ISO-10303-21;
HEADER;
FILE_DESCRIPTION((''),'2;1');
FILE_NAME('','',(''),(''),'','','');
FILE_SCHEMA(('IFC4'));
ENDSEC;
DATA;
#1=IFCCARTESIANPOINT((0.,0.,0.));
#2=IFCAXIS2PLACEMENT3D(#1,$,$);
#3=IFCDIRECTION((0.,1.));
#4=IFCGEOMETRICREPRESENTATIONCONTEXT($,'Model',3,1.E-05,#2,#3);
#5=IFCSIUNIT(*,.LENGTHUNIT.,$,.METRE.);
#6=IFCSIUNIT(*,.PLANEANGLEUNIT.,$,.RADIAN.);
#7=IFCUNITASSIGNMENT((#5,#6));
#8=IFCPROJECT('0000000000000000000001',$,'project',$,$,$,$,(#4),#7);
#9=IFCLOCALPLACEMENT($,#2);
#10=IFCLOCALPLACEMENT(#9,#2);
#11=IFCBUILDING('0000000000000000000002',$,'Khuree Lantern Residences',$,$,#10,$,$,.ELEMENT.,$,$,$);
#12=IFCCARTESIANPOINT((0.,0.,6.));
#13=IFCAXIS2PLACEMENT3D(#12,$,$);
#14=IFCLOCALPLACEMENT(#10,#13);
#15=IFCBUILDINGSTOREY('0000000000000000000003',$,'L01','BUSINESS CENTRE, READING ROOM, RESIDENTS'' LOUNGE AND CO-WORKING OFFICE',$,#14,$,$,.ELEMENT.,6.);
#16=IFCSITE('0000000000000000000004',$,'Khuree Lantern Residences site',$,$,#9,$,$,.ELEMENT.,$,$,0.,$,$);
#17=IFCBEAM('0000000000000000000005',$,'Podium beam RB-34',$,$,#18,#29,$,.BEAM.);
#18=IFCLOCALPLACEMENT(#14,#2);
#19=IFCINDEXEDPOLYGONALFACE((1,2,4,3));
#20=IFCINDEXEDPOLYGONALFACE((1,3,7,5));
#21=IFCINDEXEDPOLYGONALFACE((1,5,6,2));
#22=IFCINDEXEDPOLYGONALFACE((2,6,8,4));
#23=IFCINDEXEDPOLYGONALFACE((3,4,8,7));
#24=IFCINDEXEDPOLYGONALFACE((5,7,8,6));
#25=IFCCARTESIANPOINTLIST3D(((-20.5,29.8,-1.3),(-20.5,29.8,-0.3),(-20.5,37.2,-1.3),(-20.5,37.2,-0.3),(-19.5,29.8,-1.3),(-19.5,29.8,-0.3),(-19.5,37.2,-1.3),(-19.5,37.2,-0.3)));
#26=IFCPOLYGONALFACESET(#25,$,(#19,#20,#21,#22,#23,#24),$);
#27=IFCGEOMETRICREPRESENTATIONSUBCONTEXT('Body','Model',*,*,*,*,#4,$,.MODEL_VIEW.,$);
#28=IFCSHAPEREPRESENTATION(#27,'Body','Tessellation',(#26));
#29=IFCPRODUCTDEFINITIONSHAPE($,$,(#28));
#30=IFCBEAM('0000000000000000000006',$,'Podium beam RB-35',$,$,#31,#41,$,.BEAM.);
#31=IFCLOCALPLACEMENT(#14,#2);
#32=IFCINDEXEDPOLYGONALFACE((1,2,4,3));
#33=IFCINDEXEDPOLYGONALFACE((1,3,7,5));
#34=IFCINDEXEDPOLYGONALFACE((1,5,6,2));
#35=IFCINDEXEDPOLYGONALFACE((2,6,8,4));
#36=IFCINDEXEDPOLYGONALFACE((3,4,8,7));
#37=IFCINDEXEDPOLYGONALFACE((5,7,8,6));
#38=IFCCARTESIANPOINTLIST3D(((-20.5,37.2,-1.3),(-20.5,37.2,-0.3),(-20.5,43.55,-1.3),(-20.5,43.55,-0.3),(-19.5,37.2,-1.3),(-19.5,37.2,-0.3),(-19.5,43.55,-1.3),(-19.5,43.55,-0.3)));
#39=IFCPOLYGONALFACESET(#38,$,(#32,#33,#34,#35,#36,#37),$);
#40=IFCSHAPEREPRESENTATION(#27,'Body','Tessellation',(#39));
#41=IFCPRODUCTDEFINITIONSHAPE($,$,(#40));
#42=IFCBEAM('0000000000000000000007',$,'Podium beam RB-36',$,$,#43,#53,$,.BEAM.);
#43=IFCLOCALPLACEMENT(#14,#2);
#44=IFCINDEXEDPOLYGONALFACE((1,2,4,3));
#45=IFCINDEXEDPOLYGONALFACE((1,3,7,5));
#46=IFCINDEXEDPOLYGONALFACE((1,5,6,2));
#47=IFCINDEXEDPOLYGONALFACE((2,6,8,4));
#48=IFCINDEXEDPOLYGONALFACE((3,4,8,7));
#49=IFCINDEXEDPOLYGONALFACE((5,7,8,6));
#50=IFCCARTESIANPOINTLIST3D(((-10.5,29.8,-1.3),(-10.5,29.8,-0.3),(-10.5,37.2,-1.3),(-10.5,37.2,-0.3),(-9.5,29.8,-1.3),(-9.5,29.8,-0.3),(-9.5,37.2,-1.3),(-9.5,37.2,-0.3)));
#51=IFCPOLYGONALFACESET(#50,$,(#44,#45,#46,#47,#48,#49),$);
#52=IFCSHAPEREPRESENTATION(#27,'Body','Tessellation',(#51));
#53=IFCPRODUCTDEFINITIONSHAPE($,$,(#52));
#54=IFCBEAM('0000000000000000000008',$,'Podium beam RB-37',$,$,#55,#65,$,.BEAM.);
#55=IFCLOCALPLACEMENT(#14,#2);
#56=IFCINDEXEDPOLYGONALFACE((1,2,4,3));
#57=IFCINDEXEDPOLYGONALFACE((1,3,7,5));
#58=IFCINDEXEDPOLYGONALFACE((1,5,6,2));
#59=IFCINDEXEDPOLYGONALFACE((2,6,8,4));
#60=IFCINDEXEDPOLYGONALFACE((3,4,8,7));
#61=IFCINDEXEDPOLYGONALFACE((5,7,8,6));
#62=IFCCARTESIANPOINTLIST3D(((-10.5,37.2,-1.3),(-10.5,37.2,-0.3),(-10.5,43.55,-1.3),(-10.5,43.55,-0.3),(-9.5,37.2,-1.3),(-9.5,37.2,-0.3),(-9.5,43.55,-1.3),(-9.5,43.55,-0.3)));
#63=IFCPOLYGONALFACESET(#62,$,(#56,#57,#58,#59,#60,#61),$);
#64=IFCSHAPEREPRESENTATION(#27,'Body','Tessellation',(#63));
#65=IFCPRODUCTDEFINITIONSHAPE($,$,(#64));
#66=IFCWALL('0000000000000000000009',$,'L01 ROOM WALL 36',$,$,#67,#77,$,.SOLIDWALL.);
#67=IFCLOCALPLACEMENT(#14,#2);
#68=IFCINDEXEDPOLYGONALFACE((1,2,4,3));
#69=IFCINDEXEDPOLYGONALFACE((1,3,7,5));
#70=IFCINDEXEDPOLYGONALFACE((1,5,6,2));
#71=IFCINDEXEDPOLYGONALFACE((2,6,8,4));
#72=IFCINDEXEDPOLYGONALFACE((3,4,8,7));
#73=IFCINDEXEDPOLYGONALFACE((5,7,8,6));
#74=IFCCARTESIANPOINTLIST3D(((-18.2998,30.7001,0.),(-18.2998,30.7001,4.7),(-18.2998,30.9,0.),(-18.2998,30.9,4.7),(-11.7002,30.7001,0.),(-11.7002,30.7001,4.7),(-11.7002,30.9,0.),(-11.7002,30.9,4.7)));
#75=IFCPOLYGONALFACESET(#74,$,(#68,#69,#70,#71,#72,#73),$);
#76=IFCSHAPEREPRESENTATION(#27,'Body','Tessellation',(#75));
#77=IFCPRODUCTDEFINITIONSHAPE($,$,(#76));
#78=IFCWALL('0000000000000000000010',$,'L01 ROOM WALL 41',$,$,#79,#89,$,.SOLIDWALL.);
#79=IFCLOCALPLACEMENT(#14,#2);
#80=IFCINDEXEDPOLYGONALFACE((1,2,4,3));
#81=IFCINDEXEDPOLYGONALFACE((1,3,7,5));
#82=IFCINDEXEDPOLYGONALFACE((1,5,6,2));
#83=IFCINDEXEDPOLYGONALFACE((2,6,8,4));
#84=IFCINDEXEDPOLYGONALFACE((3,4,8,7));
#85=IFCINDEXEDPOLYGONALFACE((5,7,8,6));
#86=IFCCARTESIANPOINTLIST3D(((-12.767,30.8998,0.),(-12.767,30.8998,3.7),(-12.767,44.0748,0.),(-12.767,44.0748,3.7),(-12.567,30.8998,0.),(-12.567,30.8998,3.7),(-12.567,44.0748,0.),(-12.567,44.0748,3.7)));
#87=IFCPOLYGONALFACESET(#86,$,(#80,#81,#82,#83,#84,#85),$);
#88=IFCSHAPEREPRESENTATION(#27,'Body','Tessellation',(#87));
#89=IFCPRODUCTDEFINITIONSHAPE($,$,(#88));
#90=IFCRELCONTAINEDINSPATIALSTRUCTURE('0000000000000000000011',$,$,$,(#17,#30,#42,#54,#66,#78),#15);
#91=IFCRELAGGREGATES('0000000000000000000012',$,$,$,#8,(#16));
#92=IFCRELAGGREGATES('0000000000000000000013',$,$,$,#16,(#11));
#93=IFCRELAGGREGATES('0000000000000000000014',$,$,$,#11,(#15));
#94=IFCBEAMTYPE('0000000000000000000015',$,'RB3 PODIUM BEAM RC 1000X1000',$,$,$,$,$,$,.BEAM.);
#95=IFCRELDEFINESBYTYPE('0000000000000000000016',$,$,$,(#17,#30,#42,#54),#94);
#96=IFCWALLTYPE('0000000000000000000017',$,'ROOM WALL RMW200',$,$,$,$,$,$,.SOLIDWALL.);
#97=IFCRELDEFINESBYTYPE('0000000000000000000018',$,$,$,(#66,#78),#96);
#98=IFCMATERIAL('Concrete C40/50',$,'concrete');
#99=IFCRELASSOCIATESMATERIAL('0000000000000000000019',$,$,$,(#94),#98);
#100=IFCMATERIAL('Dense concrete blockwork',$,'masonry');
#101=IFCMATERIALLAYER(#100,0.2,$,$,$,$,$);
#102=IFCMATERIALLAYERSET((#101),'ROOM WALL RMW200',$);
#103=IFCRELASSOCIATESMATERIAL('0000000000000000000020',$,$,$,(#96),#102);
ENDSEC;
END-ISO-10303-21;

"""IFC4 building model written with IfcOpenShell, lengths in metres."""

from ifc_helpers import new_model, si_unit, direction, frame, frame_2d, origin, origin_2d, place, context, subcontext, project, spatial, rectangle, extrude, material, layer, layer_set, material_profile, profile_set, type_object, element, save


model = new_model("IFC4")

# Units and contexts
model_context = context("Model", 3, precision=1e-05, world=origin(), true_north=direction((0.0, 1.0)))
body_context = subcontext(model_context, "Body", "Model", "MODEL_VIEW")
ifc_project = project(units=[si_unit("LENGTHUNIT", "METRE"), si_unit("PLANEANGLEUNIT", "RADIAN")], contexts=[model_context])

# Site, building, storey
site_placement = place(None, origin())
site = spatial("IfcSite", under=ifc_project, at=site_placement, Name="Khuree Lantern Residences site", CompositionType="ELEMENT", RefElevation=0.0)
building_placement = place(site_placement, origin())
building = spatial("IfcBuilding", under=site, at=building_placement, Name="Khuree Lantern Residences", CompositionType="ELEMENT")
storey_placement = place(building_placement, frame((0.0, 0.0, 6.0)))
storey = spatial("IfcBuildingStorey", under=building, at=storey_placement, Name="L01", Description="BUSINESS CENTRE, READING ROOM, RESIDENTS' LOUNGE AND CO-WORKING OFFICE", CompositionType="ELEMENT", Elevation=6.0)

# Beams
ifc_material_1 = material(Name="Concrete C40/50", Category="concrete")
ifc_material_profile_1 = material_profile(ifc_material_1, rectangle(XDim=1.0, YDim=1.0, at=origin_2d()), Name="RC 1000X1000")
ifc_profile_set_1 = profile_set([ifc_material_profile_1], Name="Concrete C40/50")
beam_type_1 = type_object("IfcBeamType", Name="RB3 PODIUM BEAM RC 1000X1000", PredefinedType="BEAM", material=ifc_profile_set_1)
beam_1_placement = place(storey_placement, frame((-20.0, 29.8, -0.8), z_axis=(0.0, 1.0, 0.0), x_axis=(-1.0, 0.0, 0.0)))
element("IfcBeam", 1, at=beam_1_placement, inside=storey, type_object=beam_type_1, Name="Podium beam RB-34", PredefinedType="BEAM", context=body_context, shape_type="SweptSolid", body=[
    extrude(rectangle(XDim=1.0, YDim=1.0, at=origin_2d()), origin(), (0.0, 0.0, 1.0), 7.3999),
])
beam_2_placement = place(storey_placement, frame((-20.0, 37.2, -0.8), z_axis=(0.0, 1.0, 0.0), x_axis=(-1.0, 0.0, 0.0)))
element("IfcBeam", 2, at=beam_2_placement, inside=storey, type_object=beam_type_1, Name="Podium beam RB-35", PredefinedType="BEAM", context=body_context, shape_type="SweptSolid", body=[
    extrude(rectangle(XDim=1.0, YDim=1.0, at=origin_2d()), origin(), (0.0, 0.0, 1.0), 6.3501),
])
beam_3_placement = place(storey_placement, frame((-10.0, 29.8, -0.8), z_axis=(0.0, 1.0, 0.0), x_axis=(-1.0, 0.0, 0.0)))
element("IfcBeam", 3, at=beam_3_placement, inside=storey, type_object=beam_type_1, Name="Podium beam RB-36", PredefinedType="BEAM", context=body_context, shape_type="SweptSolid", body=[
    extrude(rectangle(XDim=1.0, YDim=1.0, at=origin_2d()), origin(), (0.0, 0.0, 1.0), 7.3999),
])
beam_4_placement = place(storey_placement, frame((-10.0, 37.2, -0.8), z_axis=(0.0, 1.0, 0.0), x_axis=(-1.0, 0.0, 0.0)))
element("IfcBeam", 4, at=beam_4_placement, inside=storey, type_object=beam_type_1, Name="Podium beam RB-37", PredefinedType="BEAM", context=body_context, shape_type="SweptSolid", body=[
    extrude(rectangle(XDim=1.0, YDim=1.0, at=origin_2d()), origin(), (0.0, 0.0, 1.0), 6.3501),
])

# Wall
ifc_material_2 = material(Name="Dense concrete blockwork", Category="masonry")
ifc_layer = layer(ifc_material_2, 0.2)
ifc_layer_set = layer_set([ifc_layer], Name="ROOM WALL RMW200")
wall_type = type_object("IfcWallType", Name="ROOM WALL RMW200", PredefinedType="SOLIDWALL", material=ifc_layer_set)
wall_1_placement = place(storey_placement, frame((-18.2998, 30.8, 0.0), z_axis=(0.0, 0.0, 1.0), x_axis=(1.0, 0.0, 0.0)))
element("IfcWall", 5, at=wall_1_placement, inside=storey, type_object=wall_type, Name="L01 ROOM WALL 36", PredefinedType="SOLIDWALL", context=body_context, shape_type="SweptSolid", body=[
    extrude(rectangle(XDim=6.5996, YDim=0.2, at=frame_2d((3.2998, 0.0))), origin(), (0.0, 0.0, 1.0), 4.7),
])

# Wall
wall_2_placement = place(storey_placement, frame((-12.667, 30.8999, 0.0), z_axis=(0.0, 0.0, 1.0), x_axis=(0.0, 1.0, 0.0)))
element("IfcWall", 6, at=wall_2_placement, inside=storey, type_object=wall_type, Name="L01 ROOM WALL 41", PredefinedType="SOLIDWALL", context=body_context, shape_type="SweptSolid", body=[
    extrude(rectangle(XDim=13.175, YDim=0.2, at=frame_2d((6.5874, 0.0))), origin(), (0.0, 0.0, 1.0), 3.7),
])

save(model, "model.ifc")
